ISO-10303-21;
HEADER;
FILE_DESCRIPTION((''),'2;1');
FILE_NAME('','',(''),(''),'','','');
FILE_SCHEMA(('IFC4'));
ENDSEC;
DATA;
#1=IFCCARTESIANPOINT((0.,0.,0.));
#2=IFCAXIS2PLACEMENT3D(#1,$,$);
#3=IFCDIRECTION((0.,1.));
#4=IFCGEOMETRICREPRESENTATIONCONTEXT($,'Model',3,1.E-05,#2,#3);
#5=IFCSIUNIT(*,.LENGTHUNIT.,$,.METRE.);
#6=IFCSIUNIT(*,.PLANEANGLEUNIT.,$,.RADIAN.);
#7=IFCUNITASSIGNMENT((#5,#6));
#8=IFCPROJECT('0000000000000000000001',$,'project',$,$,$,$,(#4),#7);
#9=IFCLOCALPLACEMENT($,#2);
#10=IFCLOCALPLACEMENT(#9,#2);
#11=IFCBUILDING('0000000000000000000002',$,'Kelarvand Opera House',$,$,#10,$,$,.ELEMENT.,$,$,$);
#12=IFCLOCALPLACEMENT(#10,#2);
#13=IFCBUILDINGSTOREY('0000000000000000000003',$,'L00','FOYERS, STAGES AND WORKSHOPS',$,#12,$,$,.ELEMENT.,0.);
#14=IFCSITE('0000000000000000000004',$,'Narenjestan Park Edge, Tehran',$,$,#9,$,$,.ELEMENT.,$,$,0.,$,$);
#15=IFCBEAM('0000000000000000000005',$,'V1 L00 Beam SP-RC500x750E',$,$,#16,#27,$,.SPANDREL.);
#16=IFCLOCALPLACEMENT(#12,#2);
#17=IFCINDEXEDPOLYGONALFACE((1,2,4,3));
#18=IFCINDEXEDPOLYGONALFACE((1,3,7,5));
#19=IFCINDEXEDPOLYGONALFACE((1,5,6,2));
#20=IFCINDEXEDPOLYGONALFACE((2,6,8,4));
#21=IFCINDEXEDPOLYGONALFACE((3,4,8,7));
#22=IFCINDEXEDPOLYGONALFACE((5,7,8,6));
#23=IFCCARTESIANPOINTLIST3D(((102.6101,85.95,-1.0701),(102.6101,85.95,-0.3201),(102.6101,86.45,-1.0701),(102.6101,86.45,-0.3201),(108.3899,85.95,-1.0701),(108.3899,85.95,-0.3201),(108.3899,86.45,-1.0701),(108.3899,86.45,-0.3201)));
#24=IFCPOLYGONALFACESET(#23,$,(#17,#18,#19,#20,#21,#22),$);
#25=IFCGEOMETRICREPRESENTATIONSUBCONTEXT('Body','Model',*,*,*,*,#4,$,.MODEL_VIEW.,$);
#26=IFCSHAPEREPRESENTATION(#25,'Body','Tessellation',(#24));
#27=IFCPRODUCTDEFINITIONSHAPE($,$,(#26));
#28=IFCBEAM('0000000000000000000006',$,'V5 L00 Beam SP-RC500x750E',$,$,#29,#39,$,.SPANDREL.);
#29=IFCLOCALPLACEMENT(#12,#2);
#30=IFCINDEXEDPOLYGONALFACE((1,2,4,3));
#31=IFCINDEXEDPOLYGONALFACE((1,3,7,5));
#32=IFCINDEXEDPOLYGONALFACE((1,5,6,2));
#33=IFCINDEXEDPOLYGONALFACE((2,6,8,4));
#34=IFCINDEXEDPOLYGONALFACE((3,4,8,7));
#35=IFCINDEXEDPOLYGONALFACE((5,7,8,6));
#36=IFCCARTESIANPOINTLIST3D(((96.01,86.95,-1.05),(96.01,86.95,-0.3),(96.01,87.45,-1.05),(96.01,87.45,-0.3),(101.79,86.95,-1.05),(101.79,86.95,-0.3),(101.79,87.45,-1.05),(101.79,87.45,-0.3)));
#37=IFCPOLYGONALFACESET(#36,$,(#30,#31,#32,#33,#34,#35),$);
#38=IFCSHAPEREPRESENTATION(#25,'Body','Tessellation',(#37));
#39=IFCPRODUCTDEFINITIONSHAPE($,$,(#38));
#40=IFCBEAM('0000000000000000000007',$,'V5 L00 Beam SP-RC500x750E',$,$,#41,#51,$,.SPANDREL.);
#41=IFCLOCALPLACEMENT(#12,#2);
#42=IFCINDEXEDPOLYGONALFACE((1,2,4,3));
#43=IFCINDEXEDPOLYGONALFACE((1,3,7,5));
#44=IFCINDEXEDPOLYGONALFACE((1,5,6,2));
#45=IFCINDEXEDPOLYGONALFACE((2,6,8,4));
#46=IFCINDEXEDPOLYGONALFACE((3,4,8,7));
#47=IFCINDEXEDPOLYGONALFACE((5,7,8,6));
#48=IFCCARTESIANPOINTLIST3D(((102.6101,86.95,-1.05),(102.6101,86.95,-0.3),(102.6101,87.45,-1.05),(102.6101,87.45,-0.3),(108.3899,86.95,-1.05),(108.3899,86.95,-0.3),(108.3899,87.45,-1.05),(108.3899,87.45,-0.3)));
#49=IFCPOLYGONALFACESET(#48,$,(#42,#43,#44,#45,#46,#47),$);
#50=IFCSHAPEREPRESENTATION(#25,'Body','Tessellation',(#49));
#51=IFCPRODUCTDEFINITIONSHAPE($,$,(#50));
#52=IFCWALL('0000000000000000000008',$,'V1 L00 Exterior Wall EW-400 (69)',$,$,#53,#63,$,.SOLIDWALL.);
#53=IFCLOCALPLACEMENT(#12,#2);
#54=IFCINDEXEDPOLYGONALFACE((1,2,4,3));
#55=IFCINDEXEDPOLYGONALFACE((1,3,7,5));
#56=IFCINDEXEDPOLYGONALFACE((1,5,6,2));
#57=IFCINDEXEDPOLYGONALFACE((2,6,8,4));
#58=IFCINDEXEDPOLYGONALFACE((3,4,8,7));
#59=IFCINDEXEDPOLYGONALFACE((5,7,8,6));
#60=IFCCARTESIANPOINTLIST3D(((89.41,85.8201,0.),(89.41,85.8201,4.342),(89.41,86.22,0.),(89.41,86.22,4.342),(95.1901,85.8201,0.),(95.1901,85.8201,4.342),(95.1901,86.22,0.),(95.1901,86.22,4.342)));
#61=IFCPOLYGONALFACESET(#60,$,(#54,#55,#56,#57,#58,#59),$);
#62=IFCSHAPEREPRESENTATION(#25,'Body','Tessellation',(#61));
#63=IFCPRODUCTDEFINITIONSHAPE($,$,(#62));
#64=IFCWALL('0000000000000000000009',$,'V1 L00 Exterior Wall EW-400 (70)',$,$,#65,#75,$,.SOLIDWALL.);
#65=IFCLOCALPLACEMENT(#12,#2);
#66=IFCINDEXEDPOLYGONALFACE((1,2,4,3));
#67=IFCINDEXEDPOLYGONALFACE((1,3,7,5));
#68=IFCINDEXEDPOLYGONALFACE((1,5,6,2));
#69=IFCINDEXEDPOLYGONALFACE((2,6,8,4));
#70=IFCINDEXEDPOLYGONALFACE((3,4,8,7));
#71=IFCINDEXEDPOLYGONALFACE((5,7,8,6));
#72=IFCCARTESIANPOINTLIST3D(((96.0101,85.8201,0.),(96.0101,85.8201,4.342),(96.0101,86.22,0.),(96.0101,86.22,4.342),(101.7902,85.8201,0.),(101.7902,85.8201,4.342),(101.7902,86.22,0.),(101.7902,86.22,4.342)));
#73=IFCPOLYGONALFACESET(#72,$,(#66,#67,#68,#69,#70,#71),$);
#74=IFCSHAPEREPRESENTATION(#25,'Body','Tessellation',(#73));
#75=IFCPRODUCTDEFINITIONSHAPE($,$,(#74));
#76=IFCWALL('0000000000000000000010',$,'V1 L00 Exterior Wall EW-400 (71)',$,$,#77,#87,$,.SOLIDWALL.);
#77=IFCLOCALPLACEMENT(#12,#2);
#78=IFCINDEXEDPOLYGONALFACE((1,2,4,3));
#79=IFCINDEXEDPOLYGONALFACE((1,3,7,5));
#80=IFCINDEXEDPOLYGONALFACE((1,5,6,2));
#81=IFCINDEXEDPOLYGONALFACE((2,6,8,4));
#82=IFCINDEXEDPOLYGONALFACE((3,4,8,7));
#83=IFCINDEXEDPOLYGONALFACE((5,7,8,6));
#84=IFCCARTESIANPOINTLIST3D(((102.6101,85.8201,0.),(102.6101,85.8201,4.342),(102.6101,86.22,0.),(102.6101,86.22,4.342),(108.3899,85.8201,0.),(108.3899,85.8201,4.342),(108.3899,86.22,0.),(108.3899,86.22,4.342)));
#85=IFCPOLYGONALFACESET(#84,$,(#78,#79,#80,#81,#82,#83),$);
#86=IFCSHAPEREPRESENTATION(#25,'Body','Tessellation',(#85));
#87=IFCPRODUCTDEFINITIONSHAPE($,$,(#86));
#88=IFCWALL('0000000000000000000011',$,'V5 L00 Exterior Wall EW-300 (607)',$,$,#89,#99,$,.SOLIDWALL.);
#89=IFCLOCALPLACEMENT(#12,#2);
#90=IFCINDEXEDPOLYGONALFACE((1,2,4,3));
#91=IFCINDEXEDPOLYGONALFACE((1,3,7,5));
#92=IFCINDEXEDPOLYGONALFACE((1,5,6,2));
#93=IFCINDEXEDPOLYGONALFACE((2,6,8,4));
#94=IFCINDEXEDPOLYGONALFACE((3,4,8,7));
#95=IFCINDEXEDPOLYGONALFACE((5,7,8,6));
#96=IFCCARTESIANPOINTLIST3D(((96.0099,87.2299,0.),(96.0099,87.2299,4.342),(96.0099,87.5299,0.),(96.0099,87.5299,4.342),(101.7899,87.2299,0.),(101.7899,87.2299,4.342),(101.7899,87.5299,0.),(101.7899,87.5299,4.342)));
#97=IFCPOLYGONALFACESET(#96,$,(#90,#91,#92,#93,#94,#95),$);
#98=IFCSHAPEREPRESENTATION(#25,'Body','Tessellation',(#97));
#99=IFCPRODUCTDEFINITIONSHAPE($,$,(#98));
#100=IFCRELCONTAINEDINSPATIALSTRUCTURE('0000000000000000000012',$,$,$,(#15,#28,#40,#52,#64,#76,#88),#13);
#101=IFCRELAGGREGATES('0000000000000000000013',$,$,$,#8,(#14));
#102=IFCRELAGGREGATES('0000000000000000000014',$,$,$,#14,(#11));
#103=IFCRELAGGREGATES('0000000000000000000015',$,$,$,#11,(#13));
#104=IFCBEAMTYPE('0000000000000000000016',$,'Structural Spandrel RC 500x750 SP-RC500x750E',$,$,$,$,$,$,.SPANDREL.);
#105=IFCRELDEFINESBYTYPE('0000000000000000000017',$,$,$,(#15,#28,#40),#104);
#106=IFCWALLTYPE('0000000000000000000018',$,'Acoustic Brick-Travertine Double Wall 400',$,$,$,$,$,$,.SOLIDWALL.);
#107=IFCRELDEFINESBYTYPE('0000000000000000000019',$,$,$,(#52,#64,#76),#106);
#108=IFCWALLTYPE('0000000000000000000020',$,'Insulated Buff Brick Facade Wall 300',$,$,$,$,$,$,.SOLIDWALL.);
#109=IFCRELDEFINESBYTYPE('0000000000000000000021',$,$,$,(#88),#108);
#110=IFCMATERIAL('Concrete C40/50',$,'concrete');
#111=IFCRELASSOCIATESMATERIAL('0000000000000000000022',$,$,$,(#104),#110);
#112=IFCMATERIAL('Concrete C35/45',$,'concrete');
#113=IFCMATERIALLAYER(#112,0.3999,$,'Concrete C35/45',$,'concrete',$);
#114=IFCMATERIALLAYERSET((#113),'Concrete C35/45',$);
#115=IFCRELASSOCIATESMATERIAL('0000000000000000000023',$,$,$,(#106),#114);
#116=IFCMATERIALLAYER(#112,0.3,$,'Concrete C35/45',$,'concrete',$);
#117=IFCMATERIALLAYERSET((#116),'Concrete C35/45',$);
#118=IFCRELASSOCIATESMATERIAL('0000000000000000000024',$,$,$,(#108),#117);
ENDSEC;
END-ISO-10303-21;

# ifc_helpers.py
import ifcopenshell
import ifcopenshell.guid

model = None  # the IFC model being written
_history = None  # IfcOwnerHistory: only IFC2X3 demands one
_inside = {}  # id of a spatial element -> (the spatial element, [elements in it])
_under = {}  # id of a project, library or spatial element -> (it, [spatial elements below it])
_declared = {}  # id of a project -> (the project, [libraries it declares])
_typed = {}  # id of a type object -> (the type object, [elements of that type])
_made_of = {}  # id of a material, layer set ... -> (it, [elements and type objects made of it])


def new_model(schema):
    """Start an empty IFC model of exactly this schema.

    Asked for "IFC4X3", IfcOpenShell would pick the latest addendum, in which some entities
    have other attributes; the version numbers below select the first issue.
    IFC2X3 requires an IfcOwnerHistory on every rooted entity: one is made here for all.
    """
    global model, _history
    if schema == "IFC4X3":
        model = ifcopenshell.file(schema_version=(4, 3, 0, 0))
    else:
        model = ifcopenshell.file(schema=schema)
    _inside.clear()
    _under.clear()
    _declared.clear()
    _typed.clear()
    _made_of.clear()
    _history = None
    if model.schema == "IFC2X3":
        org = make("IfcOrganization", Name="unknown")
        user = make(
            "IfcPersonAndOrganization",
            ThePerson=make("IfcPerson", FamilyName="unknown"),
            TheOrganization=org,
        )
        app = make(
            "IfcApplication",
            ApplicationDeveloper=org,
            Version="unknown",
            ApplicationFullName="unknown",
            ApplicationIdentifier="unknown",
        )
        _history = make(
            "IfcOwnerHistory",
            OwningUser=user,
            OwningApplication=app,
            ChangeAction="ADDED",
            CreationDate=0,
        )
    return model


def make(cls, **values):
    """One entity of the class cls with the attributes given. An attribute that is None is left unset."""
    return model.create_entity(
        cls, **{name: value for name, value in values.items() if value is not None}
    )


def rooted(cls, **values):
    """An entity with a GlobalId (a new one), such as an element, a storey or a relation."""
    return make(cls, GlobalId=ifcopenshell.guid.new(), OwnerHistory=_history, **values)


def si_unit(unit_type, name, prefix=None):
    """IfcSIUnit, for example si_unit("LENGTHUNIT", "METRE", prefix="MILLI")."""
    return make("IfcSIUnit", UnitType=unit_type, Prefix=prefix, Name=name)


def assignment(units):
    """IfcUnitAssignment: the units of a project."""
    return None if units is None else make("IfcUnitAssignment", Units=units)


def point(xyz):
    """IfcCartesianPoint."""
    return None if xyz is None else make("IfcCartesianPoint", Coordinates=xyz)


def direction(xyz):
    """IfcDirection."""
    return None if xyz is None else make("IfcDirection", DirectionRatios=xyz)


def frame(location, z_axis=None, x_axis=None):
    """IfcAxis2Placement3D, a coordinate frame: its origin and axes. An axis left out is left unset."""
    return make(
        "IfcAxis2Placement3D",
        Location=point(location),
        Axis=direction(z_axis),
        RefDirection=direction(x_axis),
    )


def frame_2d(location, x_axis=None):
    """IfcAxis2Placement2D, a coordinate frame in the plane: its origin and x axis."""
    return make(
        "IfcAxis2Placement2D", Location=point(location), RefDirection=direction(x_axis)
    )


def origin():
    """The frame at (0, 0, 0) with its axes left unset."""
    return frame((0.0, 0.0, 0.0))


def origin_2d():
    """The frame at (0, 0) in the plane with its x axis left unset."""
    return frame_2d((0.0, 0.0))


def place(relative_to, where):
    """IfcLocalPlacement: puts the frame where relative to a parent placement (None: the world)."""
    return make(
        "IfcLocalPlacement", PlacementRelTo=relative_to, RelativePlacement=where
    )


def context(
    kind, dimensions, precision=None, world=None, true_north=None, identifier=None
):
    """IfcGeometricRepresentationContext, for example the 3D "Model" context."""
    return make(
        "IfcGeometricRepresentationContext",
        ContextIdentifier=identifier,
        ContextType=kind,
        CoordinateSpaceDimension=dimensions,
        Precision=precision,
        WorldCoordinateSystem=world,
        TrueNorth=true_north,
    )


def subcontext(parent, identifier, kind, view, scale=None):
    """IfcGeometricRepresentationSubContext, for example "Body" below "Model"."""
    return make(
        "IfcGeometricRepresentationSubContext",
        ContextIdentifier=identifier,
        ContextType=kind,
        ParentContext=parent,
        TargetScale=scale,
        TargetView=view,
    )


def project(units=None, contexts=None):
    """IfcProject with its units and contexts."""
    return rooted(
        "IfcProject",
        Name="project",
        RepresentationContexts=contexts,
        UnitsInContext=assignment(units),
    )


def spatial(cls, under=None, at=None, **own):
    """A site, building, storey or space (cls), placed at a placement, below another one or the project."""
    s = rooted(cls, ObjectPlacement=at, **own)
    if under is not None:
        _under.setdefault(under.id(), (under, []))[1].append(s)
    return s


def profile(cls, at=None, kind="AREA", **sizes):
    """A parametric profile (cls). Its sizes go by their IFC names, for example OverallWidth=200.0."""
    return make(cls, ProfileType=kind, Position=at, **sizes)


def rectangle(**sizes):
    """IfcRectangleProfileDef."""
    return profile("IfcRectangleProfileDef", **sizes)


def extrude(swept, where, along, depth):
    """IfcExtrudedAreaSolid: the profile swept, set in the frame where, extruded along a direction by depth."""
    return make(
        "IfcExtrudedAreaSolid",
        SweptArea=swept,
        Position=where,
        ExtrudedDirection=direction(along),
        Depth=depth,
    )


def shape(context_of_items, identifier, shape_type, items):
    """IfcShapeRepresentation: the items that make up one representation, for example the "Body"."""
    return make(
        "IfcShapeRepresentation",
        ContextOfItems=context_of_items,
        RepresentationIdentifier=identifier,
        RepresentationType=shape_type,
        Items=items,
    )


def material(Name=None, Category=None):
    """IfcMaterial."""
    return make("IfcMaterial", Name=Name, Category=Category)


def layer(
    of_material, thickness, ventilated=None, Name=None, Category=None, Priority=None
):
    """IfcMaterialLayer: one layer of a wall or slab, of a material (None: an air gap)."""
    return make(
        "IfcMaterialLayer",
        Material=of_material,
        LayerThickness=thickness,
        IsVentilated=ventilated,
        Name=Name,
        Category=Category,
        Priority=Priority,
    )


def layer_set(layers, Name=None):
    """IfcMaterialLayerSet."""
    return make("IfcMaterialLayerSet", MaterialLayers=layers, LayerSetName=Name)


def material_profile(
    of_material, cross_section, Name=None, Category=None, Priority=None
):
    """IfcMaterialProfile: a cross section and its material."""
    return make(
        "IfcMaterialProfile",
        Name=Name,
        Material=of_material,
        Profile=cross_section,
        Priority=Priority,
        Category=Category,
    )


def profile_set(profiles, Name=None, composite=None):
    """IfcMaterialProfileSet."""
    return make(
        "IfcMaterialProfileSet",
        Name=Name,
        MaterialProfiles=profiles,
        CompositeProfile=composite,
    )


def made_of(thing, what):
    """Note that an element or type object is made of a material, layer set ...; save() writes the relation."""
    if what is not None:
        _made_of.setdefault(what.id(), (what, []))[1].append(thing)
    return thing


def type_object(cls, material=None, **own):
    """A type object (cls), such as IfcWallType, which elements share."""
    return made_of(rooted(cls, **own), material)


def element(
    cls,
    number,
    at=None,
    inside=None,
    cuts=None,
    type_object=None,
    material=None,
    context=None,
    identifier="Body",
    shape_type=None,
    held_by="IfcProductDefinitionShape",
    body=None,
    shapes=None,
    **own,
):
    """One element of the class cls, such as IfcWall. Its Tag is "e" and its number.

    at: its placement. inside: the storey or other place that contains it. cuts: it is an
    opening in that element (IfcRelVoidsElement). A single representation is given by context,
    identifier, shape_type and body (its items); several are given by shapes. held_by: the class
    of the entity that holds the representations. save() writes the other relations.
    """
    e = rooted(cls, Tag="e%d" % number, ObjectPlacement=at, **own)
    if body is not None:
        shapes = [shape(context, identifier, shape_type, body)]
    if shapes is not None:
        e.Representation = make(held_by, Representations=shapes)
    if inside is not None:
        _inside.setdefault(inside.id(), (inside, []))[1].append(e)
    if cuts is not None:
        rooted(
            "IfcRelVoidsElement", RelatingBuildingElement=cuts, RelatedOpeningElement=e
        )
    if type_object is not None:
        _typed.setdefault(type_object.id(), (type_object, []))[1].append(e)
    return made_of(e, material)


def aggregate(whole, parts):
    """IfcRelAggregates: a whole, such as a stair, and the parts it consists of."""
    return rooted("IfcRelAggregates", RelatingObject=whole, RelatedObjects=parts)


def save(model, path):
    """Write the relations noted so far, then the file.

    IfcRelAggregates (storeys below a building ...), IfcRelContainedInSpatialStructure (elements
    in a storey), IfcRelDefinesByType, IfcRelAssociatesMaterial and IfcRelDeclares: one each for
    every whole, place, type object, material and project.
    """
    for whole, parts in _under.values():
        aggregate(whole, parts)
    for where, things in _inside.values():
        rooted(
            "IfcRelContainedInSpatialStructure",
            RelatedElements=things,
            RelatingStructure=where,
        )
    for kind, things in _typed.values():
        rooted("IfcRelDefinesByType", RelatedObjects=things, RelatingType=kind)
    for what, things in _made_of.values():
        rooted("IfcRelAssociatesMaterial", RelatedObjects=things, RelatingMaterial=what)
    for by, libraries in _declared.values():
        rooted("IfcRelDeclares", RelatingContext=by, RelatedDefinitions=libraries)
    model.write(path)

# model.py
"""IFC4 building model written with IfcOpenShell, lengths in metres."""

from ifc_helpers import new_model, si_unit, direction, frame, frame_2d, origin, origin_2d, place, context, subcontext, project, spatial, rectangle, extrude, material, layer, layer_set, material_profile, profile_set, type_object, element, save


model = new_model("IFC4")

# Units and contexts
model_context = context("Model", 3, precision=1e-05, world=origin(), true_north=direction((0.0, 1.0)))
body_context = subcontext(model_context, "Body", "Model", "MODEL_VIEW")
ifc_project = project(units=[si_unit("LENGTHUNIT", "METRE"), si_unit("PLANEANGLEUNIT", "RADIAN")], contexts=[model_context])

# Site, building, storey
site_placement = place(None, origin())
site = spatial("IfcSite", under=ifc_project, at=site_placement, Name="Narenjestan Park Edge, Tehran", CompositionType="ELEMENT", RefElevation=0.0)
building_placement = place(site_placement, origin())
building = spatial("IfcBuilding", under=site, at=building_placement, Name="Kelarvand Opera House", CompositionType="ELEMENT")
storey_placement = place(building_placement, origin())
storey = spatial("IfcBuildingStorey", under=building, at=storey_placement, Name="L00", Description="FOYERS, STAGES AND WORKSHOPS", CompositionType="ELEMENT", Elevation=0.0)

# Shared definitions
ifc_material_1 = material(Name="Concrete C40/50", Category="concrete")

# Beams
ifc_material_2 = material(Name="Concrete C35/45", Category="concrete")
ifc_material_profile_1 = material_profile(ifc_material_1, rectangle(XDim=0.5, YDim=0.75, at=origin_2d()), Name="RC 500x750", Category="concrete")
ifc_profile_set_1 = profile_set([ifc_material_profile_1], Name="Concrete C40/50")
beam_type_1 = type_object("IfcBeamType", Name="Structural Spandrel RC 500x750 SP-RC500x750E", PredefinedType="SPANDREL", material=ifc_profile_set_1)
beam_1_placement = place(storey_placement, frame((102.6101, 86.2, -0.6951), z_axis=(1.0, 0.0, 0.0), x_axis=(0.0, 1.0, 0.0)))
element("IfcBeam", 1, at=beam_1_placement, inside=storey, type_object=beam_type_1, Name="V1 L00 Beam SP-RC500x750E", PredefinedType="SPANDREL", context=body_context, shape_type="SweptSolid", body=[
    extrude(rectangle(XDim=0.5, YDim=0.75, at=origin_2d()), origin(), (0.0, 0.0, 1.0), 5.7798),
])
beam_2_placement = place(storey_placement, frame((96.01, 87.2, -0.675), z_axis=(1.0, 0.0, 0.0), x_axis=(0.0, 1.0, 0.0)))
element("IfcBeam", 2, at=beam_2_placement, inside=storey, type_object=beam_type_1, Name="V5 L00 Beam SP-RC500x750E", PredefinedType="SPANDREL", context=body_context, shape_type="SweptSolid", body=[
    extrude(rectangle(XDim=0.5, YDim=0.75, at=origin_2d()), origin(), (0.0, 0.0, 1.0), 5.78),
])
beam_3_placement = place(storey_placement, frame((102.6101, 87.2, -0.675), z_axis=(1.0, 0.0, 0.0), x_axis=(0.0, 1.0, 0.0)))
element("IfcBeam", 3, at=beam_3_placement, inside=storey, type_object=beam_type_1, Name="V5 L00 Beam SP-RC500x750E", PredefinedType="SPANDREL", context=body_context, shape_type="SweptSolid", body=[
    extrude(rectangle(XDim=0.5, YDim=0.75, at=origin_2d()), origin(), (0.0, 0.0, 1.0), 5.7798),
])

# Walls
ifc_layer_1 = layer(ifc_material_2, 0.3999, Name="Concrete C35/45", Category="concrete")
ifc_layer_set_1 = layer_set([ifc_layer_1], Name="Concrete C35/45")
wall_type_1 = type_object("IfcWallType", Name="Acoustic Brick-Travertine Double Wall 400", PredefinedType="SOLIDWALL", material=ifc_layer_set_1)
for number, where, z_axis, x_axis, name in (
    (4, (89.4099, 86.02, 0.0), (0.0, 0.0, 1.0), (1.0, 0.0, 0.0), "V1 L00 Exterior Wall EW-400 (69)"),
    (5, (96.01, 86.02, 0.0), (0.0, 0.0, 1.0), (1.0, 0.0, 0.0), "V1 L00 Exterior Wall EW-400 (70)"),
):
    element("IfcWall", number, at=place(storey_placement, frame(where, z_axis=z_axis, x_axis=x_axis)), inside=storey, type_object=wall_type_1, Name=name, PredefinedType="SOLIDWALL", context=body_context, shape_type="SweptSolid", body=[
        extrude(rectangle(XDim=5.78, YDim=0.3999, at=frame_2d((2.8901, 0.0))), origin(), (0.0, 0.0, 1.0), 4.342),
    ])
wall_1_placement = place(storey_placement, frame((102.6101, 86.02, 0.0), z_axis=(0.0, 0.0, 1.0), x_axis=(1.0, 0.0, 0.0)))
element("IfcWall", 6, at=wall_1_placement, inside=storey, type_object=wall_type_1, Name="V1 L00 Exterior Wall EW-400 (71)", PredefinedType="SOLIDWALL", context=body_context, shape_type="SweptSolid", body=[
    extrude(rectangle(XDim=5.7798, YDim=0.3999, at=frame_2d((2.8899, 0.0))), origin(), (0.0, 0.0, 1.0), 4.342),
])
ifc_layer_2 = layer(ifc_material_2, 0.3, Name="Concrete C35/45", Category="concrete")
ifc_layer_set_2 = layer_set([ifc_layer_2], Name="Concrete C35/45")
wall_type_2 = type_object("IfcWallType", Name="Insulated Buff Brick Facade Wall 300", PredefinedType="SOLIDWALL", material=ifc_layer_set_2)
wall_2_placement = place(storey_placement, frame((101.79, 87.3799, 0.0), z_axis=(0.0, 0.0, 1.0), x_axis=(-1.0, 0.0, 0.0)))
element("IfcWall", 7, at=wall_2_placement, inside=storey, type_object=wall_type_2, Name="V5 L00 Exterior Wall EW-300 (607)", PredefinedType="SOLIDWALL", context=body_context, shape_type="SweptSolid", body=[
    extrude(rectangle(XDim=5.78, YDim=0.3, at=frame_2d((2.8901, 0.0))), origin(), (0.0, 0.0, 1.0), 4.342),
])

save(model, "model.ifc")
